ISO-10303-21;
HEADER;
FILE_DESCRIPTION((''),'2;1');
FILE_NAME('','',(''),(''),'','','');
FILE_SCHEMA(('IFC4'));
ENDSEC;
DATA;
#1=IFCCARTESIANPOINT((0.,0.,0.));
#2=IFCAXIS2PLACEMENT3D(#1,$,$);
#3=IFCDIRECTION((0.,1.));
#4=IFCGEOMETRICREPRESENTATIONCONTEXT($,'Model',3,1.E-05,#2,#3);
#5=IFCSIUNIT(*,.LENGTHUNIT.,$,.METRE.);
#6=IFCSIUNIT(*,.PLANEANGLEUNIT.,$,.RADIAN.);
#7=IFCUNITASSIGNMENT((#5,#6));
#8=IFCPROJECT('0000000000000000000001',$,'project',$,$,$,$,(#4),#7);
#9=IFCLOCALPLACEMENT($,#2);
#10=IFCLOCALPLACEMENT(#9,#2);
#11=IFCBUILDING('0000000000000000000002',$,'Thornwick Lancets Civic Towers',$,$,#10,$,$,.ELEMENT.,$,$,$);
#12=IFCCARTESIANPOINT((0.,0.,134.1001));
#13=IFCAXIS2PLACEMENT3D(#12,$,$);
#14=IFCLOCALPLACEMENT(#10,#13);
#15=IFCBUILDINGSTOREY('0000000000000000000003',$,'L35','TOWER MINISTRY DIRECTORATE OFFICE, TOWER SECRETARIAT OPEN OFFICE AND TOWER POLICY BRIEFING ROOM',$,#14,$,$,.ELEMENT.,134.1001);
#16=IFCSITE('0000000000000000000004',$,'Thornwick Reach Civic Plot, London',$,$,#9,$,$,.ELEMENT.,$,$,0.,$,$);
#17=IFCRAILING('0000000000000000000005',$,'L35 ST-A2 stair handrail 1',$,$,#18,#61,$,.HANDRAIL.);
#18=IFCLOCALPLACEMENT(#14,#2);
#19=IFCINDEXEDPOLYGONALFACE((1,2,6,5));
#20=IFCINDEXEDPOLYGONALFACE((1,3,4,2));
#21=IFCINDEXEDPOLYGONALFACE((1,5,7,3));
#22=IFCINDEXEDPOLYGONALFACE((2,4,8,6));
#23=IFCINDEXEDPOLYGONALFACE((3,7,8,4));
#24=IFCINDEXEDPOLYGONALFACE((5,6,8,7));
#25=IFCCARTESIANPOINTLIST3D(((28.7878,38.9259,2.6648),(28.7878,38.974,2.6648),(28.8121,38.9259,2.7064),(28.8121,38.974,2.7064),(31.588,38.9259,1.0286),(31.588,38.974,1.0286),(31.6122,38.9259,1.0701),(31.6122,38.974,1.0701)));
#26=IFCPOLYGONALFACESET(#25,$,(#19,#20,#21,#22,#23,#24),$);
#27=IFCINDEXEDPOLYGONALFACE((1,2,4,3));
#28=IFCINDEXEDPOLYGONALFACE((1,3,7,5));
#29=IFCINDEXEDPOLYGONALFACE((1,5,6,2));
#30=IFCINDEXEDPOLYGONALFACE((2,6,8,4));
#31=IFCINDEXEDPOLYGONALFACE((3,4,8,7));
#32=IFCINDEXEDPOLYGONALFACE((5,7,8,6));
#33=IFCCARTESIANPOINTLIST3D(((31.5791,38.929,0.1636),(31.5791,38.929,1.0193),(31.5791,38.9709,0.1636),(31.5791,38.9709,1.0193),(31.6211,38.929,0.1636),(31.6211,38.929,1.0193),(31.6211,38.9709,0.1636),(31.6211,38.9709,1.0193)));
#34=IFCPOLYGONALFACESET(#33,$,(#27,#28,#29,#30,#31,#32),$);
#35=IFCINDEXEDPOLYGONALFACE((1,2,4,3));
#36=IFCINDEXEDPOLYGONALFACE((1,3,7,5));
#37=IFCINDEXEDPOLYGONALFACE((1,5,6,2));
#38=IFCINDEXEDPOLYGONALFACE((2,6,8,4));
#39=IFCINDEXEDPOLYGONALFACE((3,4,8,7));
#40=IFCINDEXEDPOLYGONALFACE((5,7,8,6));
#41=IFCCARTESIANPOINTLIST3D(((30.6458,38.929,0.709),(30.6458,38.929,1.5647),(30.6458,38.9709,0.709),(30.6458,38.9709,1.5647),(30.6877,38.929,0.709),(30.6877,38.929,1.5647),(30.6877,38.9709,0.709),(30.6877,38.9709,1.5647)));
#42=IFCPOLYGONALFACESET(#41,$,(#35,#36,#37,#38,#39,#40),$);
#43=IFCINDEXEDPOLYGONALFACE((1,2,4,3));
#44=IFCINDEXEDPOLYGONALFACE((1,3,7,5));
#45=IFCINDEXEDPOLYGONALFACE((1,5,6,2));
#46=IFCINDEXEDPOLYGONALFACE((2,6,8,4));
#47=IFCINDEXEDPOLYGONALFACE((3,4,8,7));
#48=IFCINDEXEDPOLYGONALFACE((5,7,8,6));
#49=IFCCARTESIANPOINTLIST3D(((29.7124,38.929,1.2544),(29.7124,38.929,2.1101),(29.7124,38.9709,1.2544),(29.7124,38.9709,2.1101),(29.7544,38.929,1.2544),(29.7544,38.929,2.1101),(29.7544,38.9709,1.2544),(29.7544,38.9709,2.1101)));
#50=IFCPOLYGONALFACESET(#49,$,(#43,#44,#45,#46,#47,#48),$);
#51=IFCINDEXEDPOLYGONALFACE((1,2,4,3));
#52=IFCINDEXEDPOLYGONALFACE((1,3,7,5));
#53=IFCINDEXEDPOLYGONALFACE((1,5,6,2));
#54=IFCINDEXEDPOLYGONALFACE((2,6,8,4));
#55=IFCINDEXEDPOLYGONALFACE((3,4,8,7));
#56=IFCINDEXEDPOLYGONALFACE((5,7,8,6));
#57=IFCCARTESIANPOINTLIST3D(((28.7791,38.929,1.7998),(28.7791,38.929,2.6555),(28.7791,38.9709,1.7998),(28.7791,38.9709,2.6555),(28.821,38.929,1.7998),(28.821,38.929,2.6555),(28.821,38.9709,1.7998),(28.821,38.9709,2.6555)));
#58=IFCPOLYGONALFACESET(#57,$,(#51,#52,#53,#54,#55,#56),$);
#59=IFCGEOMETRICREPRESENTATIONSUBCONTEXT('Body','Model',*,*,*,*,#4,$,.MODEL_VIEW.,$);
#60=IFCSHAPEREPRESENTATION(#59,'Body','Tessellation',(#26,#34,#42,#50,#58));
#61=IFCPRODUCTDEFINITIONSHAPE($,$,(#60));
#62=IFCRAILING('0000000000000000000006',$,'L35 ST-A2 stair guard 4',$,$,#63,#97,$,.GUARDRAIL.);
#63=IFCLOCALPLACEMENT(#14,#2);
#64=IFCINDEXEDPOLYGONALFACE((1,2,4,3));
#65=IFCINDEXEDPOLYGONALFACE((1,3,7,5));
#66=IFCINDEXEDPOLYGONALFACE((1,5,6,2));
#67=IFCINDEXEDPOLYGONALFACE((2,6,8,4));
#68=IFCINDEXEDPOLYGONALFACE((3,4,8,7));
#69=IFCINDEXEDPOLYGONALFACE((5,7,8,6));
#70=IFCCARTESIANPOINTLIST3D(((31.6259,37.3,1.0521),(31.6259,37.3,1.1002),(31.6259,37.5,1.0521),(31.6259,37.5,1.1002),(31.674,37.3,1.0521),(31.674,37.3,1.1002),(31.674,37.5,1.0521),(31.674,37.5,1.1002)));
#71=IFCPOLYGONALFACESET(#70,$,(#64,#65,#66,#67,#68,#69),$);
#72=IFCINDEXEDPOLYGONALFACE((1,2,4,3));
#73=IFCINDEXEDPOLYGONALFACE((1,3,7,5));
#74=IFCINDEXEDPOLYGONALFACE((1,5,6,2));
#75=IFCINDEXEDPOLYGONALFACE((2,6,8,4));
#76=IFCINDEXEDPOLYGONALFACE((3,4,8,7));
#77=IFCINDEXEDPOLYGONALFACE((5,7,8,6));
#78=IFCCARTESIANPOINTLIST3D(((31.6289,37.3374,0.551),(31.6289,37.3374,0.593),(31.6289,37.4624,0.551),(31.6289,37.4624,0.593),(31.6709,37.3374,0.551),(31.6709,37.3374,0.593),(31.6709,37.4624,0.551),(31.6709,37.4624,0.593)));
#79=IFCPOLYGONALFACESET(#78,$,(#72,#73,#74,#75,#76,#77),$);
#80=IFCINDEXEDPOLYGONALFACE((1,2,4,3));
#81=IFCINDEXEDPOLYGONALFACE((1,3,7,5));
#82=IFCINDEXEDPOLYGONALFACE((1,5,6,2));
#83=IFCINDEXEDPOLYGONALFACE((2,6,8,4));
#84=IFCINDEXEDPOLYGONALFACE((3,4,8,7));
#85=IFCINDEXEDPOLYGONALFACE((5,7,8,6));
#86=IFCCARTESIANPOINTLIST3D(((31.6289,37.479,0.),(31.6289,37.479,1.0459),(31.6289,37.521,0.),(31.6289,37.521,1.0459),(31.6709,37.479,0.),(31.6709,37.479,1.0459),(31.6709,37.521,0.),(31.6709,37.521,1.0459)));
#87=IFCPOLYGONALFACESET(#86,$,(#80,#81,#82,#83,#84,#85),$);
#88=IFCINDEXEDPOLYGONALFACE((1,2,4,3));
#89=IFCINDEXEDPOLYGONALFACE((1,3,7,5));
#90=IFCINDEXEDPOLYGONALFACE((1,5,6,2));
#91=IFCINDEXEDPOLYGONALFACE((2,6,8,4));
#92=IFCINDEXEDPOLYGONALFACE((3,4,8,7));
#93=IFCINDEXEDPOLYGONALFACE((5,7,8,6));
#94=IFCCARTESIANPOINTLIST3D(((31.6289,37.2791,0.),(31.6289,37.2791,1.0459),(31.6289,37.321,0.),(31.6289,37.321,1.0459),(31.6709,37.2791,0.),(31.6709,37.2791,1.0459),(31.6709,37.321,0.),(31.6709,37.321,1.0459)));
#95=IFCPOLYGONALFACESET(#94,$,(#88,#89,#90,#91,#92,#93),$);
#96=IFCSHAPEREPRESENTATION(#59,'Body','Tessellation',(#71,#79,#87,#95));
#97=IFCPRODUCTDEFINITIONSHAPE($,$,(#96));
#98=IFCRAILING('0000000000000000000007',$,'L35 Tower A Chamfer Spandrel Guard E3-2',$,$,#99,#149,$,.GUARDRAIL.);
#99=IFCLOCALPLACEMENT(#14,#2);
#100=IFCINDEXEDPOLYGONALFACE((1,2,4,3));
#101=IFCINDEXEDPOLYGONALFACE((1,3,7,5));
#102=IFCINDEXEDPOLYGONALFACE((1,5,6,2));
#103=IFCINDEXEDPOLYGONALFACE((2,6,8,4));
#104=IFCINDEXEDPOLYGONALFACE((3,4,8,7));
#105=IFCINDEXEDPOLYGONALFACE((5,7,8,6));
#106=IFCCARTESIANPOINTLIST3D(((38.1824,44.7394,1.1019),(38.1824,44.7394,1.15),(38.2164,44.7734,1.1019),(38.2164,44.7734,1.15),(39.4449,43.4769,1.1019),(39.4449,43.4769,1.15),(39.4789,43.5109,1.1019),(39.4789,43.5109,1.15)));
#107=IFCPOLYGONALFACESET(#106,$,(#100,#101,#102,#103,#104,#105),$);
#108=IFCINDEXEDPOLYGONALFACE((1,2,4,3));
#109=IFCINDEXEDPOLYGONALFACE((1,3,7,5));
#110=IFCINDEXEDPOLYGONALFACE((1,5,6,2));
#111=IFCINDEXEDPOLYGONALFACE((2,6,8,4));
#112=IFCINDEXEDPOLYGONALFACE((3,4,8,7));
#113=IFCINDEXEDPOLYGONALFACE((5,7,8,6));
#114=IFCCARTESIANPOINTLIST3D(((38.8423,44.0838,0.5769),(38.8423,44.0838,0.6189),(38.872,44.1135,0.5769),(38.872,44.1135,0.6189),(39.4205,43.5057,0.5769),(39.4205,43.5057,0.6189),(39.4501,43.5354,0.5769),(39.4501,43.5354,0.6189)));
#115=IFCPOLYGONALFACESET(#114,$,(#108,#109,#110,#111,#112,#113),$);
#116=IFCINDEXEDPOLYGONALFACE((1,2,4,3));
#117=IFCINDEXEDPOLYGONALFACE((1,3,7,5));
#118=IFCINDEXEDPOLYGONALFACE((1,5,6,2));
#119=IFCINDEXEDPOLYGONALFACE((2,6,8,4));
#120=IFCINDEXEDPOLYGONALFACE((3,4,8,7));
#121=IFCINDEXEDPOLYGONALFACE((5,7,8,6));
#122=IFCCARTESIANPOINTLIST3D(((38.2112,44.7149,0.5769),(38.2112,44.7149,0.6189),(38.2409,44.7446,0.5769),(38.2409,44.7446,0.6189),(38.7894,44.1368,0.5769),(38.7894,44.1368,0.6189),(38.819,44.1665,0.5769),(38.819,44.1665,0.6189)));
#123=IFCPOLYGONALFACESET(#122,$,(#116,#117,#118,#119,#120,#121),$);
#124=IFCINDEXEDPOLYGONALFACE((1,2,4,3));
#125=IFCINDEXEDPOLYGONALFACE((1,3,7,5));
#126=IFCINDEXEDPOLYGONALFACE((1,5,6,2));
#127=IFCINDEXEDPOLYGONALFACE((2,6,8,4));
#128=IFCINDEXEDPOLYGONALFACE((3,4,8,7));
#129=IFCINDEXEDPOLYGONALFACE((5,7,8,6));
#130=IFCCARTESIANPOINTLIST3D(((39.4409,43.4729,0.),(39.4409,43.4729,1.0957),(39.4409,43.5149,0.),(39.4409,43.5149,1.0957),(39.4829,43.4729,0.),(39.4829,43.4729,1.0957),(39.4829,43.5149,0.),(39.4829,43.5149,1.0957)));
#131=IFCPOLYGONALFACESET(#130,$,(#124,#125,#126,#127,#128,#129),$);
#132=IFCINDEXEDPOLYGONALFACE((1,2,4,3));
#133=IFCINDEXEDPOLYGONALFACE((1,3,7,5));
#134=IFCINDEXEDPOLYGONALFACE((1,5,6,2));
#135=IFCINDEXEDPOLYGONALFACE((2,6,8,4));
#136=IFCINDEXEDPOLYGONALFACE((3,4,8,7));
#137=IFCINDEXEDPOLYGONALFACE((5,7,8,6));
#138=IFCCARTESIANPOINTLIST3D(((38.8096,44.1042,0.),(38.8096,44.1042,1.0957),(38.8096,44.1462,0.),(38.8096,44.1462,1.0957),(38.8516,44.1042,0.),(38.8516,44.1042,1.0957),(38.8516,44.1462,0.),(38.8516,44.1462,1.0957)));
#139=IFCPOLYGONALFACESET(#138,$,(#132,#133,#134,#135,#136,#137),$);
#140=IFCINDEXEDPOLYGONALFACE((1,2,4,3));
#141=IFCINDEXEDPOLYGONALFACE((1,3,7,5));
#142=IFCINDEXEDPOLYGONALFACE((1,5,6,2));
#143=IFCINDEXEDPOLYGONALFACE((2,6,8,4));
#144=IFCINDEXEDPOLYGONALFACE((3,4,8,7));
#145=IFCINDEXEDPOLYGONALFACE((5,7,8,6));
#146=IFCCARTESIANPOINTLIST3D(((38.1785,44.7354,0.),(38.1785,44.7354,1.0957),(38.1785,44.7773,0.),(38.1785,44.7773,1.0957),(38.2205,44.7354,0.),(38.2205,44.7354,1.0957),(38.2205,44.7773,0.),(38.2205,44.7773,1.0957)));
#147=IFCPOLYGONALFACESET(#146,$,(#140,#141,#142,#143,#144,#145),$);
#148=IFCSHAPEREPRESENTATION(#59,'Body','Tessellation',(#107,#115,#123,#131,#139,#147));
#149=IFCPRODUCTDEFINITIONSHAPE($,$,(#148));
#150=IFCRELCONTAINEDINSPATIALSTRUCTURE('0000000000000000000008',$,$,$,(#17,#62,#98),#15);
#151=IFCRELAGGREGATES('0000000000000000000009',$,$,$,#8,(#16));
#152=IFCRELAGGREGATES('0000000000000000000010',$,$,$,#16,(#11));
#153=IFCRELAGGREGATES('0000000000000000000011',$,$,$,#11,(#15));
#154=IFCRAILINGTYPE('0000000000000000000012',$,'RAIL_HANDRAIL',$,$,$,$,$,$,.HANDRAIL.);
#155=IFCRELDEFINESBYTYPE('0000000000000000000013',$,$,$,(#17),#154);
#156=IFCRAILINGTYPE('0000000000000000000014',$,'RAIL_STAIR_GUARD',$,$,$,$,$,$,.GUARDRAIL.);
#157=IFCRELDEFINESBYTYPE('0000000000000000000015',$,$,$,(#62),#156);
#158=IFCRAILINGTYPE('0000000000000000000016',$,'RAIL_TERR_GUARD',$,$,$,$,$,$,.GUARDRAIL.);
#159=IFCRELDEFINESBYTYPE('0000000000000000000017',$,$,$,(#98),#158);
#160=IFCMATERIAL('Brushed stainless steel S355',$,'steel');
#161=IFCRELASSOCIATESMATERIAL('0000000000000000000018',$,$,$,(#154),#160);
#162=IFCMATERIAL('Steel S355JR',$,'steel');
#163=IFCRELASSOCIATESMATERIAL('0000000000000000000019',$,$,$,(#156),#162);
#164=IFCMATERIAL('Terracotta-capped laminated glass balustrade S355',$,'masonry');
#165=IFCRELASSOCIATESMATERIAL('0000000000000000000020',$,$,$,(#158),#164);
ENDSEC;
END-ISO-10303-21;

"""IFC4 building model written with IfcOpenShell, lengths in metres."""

from ifc_helpers import new_model, si_unit, direction, frame, origin, origin_2d, place, context, subcontext, project, spatial, rectangle, extrude, material, type_object, element, save


model = new_model("IFC4")

# Units and contexts
model_context = context("Model", 3, precision=1e-05, world=origin(), true_north=direction((0.0, 1.0)))
body_context = subcontext(model_context, "Body", "Model", "MODEL_VIEW")
ifc_project = project(units=[si_unit("LENGTHUNIT", "METRE"), si_unit("PLANEANGLEUNIT", "RADIAN")], contexts=[model_context])

# Site, building, storey
site_placement = place(None, origin())
site = spatial("IfcSite", under=ifc_project, at=site_placement, Name="Thornwick Reach Civic Plot, London", CompositionType="ELEMENT", RefElevation=0.0)
building_placement = place(site_placement, origin())
building = spatial("IfcBuilding", under=site, at=building_placement, Name="Thornwick Lancets Civic Towers", CompositionType="ELEMENT")
storey_placement = place(building_placement, frame((0.0, 0.0, 134.1001)))
storey = spatial("IfcBuildingStorey", under=building, at=storey_placement, Name="L35", Description="TOWER MINISTRY DIRECTORATE OFFICE, TOWER SECRETARIAT OPEN OFFICE AND TOWER POLICY BRIEFING ROOM", CompositionType="ELEMENT", Elevation=134.1001)

# Railings
ifc_material_1 = material(Name="Brushed stainless steel S355", Category="steel")
railing_type_1 = type_object("IfcRailingType", Name="RAIL_HANDRAIL", PredefinedType="HANDRAIL", material=ifc_material_1)
railing_1_placement = place(storey_placement, frame((31.6001, 38.95, 0.1636)))
element("IfcRailing", 1, at=railing_1_placement, inside=storey, type_object=railing_type_1, Name="L35 ST-A2 stair handrail 1", PredefinedType="HANDRAIL", context=body_context, shape_type="SweptSolid", body=[
    extrude(rectangle(XDim=0.0481, YDim=0.0481, at=origin_2d()), frame((0.0, 0.0, 0.8857), z_axis=(-0.863394, 0.0, 0.504531), x_axis=(0.0, -1.0, 0.0)), (0.0, 0.0, 1.0), 3.2432),
    extrude(rectangle(XDim=0.042, YDim=0.042, at=origin_2d()), origin(), (0.0, 0.0, 1.0), 0.8557),
    extrude(rectangle(XDim=0.042, YDim=0.042, at=origin_2d()), frame((-0.9333, 0.0, 0.5454)), (0.0, 0.0, 1.0), 0.8557),
    extrude(rectangle(XDim=0.042, YDim=0.042, at=origin_2d()), frame((-1.8667, 0.0, 1.0908)), (0.0, 0.0, 1.0), 0.8557),
    extrude(rectangle(XDim=0.042, YDim=0.042, at=origin_2d()), frame((-2.8, 0.0, 1.6362)), (0.0, 0.0, 1.0), 0.8557),
])
ifc_material_2 = material(Name="Steel S355JR", Category="steel")
railing_type_2 = type_object("IfcRailingType", Name="RAIL_STAIR_GUARD", PredefinedType="GUARDRAIL", material=ifc_material_2)
railing_2_placement = place(storey_placement, frame((31.6499, 37.5, 0.0)))
element("IfcRailing", 2, at=railing_2_placement, inside=storey, type_object=railing_type_2, Name="L35 ST-A2 stair guard 4", PredefinedType="GUARDRAIL", context=body_context, shape_type="SweptSolid", body=[
    extrude(rectangle(XDim=0.0481, YDim=0.0481, at=origin_2d()), frame((0.0, 0.0, 1.0762), z_axis=(0.0, -1.0, 0.0), x_axis=(1.0, 0.0, 0.0)), (0.0, 0.0, 1.0), 0.2),
    extrude(rectangle(XDim=0.042, YDim=0.042, at=origin_2d()), frame((0.0, -0.0376, 0.572), z_axis=(0.0, -1.0, 0.0), x_axis=(1.0, 0.0, 0.0)), (0.0, 0.0, 1.0), 0.125),
    extrude(rectangle(XDim=0.042, YDim=0.042, at=origin_2d()), origin(), (0.0, 0.0, 1.0), 1.0459),
    extrude(rectangle(XDim=0.042, YDim=0.042, at=origin_2d()), frame((0.0, -0.2, 0.0)), (0.0, 0.0, 1.0), 1.0459),
])
ifc_material_3 = material(Name="Terracotta-capped laminated glass balustrade S355", Category="masonry")
railing_type_3 = type_object("IfcRailingType", Name="RAIL_TERR_GUARD", PredefinedType="GUARDRAIL", material=ifc_material_3)
railing_3_placement = place(storey_placement, frame((39.4619, 43.4939, 0.0)))
element("IfcRailing", 3, at=railing_3_placement, inside=storey, type_object=railing_type_3, Name="L35 Tower A Chamfer Spandrel Guard E3-2", PredefinedType="GUARDRAIL", context=body_context, shape_type="SweptSolid", body=[
    extrude(rectangle(XDim=0.0481, YDim=0.0481, at=origin_2d()), frame((0.0, 0.0, 1.126), z_axis=(-0.707107, 0.707107, 0.0), x_axis=(-0.707107, -0.707107, 0.0)), (0.0, 0.0, 1.0), 1.7854),
    extrude(rectangle(XDim=0.042, YDim=0.042, at=origin_2d()), frame((-0.0266, 0.0266, 0.5979), z_axis=(-0.707107, 0.707107, 0.0), x_axis=(-0.707107, -0.707107, 0.0)), (0.0, 0.0, 1.0), 0.8176),
    extrude(rectangle(XDim=0.042, YDim=0.042, at=origin_2d()), frame((-0.6577, 0.6577, 0.5979), z_axis=(-0.707107, 0.707107, 0.0), x_axis=(-0.707107, -0.707107, 0.0)), (0.0, 0.0, 1.0), 0.8176),
    extrude(rectangle(XDim=0.042, YDim=0.042, at=origin_2d()), origin(), (0.0, 0.0, 1.0), 1.0957),
    extrude(rectangle(XDim=0.042, YDim=0.042, at=origin_2d()), frame((-0.6313, 0.6313, 0.0)), (0.0, 0.0, 1.0), 1.0957),
    extrude(rectangle(XDim=0.042, YDim=0.042, at=origin_2d()), frame((-1.2625, 1.2625, 0.0)), (0.0, 0.0, 1.0), 1.0957),
])

save(model, "model.ifc")
